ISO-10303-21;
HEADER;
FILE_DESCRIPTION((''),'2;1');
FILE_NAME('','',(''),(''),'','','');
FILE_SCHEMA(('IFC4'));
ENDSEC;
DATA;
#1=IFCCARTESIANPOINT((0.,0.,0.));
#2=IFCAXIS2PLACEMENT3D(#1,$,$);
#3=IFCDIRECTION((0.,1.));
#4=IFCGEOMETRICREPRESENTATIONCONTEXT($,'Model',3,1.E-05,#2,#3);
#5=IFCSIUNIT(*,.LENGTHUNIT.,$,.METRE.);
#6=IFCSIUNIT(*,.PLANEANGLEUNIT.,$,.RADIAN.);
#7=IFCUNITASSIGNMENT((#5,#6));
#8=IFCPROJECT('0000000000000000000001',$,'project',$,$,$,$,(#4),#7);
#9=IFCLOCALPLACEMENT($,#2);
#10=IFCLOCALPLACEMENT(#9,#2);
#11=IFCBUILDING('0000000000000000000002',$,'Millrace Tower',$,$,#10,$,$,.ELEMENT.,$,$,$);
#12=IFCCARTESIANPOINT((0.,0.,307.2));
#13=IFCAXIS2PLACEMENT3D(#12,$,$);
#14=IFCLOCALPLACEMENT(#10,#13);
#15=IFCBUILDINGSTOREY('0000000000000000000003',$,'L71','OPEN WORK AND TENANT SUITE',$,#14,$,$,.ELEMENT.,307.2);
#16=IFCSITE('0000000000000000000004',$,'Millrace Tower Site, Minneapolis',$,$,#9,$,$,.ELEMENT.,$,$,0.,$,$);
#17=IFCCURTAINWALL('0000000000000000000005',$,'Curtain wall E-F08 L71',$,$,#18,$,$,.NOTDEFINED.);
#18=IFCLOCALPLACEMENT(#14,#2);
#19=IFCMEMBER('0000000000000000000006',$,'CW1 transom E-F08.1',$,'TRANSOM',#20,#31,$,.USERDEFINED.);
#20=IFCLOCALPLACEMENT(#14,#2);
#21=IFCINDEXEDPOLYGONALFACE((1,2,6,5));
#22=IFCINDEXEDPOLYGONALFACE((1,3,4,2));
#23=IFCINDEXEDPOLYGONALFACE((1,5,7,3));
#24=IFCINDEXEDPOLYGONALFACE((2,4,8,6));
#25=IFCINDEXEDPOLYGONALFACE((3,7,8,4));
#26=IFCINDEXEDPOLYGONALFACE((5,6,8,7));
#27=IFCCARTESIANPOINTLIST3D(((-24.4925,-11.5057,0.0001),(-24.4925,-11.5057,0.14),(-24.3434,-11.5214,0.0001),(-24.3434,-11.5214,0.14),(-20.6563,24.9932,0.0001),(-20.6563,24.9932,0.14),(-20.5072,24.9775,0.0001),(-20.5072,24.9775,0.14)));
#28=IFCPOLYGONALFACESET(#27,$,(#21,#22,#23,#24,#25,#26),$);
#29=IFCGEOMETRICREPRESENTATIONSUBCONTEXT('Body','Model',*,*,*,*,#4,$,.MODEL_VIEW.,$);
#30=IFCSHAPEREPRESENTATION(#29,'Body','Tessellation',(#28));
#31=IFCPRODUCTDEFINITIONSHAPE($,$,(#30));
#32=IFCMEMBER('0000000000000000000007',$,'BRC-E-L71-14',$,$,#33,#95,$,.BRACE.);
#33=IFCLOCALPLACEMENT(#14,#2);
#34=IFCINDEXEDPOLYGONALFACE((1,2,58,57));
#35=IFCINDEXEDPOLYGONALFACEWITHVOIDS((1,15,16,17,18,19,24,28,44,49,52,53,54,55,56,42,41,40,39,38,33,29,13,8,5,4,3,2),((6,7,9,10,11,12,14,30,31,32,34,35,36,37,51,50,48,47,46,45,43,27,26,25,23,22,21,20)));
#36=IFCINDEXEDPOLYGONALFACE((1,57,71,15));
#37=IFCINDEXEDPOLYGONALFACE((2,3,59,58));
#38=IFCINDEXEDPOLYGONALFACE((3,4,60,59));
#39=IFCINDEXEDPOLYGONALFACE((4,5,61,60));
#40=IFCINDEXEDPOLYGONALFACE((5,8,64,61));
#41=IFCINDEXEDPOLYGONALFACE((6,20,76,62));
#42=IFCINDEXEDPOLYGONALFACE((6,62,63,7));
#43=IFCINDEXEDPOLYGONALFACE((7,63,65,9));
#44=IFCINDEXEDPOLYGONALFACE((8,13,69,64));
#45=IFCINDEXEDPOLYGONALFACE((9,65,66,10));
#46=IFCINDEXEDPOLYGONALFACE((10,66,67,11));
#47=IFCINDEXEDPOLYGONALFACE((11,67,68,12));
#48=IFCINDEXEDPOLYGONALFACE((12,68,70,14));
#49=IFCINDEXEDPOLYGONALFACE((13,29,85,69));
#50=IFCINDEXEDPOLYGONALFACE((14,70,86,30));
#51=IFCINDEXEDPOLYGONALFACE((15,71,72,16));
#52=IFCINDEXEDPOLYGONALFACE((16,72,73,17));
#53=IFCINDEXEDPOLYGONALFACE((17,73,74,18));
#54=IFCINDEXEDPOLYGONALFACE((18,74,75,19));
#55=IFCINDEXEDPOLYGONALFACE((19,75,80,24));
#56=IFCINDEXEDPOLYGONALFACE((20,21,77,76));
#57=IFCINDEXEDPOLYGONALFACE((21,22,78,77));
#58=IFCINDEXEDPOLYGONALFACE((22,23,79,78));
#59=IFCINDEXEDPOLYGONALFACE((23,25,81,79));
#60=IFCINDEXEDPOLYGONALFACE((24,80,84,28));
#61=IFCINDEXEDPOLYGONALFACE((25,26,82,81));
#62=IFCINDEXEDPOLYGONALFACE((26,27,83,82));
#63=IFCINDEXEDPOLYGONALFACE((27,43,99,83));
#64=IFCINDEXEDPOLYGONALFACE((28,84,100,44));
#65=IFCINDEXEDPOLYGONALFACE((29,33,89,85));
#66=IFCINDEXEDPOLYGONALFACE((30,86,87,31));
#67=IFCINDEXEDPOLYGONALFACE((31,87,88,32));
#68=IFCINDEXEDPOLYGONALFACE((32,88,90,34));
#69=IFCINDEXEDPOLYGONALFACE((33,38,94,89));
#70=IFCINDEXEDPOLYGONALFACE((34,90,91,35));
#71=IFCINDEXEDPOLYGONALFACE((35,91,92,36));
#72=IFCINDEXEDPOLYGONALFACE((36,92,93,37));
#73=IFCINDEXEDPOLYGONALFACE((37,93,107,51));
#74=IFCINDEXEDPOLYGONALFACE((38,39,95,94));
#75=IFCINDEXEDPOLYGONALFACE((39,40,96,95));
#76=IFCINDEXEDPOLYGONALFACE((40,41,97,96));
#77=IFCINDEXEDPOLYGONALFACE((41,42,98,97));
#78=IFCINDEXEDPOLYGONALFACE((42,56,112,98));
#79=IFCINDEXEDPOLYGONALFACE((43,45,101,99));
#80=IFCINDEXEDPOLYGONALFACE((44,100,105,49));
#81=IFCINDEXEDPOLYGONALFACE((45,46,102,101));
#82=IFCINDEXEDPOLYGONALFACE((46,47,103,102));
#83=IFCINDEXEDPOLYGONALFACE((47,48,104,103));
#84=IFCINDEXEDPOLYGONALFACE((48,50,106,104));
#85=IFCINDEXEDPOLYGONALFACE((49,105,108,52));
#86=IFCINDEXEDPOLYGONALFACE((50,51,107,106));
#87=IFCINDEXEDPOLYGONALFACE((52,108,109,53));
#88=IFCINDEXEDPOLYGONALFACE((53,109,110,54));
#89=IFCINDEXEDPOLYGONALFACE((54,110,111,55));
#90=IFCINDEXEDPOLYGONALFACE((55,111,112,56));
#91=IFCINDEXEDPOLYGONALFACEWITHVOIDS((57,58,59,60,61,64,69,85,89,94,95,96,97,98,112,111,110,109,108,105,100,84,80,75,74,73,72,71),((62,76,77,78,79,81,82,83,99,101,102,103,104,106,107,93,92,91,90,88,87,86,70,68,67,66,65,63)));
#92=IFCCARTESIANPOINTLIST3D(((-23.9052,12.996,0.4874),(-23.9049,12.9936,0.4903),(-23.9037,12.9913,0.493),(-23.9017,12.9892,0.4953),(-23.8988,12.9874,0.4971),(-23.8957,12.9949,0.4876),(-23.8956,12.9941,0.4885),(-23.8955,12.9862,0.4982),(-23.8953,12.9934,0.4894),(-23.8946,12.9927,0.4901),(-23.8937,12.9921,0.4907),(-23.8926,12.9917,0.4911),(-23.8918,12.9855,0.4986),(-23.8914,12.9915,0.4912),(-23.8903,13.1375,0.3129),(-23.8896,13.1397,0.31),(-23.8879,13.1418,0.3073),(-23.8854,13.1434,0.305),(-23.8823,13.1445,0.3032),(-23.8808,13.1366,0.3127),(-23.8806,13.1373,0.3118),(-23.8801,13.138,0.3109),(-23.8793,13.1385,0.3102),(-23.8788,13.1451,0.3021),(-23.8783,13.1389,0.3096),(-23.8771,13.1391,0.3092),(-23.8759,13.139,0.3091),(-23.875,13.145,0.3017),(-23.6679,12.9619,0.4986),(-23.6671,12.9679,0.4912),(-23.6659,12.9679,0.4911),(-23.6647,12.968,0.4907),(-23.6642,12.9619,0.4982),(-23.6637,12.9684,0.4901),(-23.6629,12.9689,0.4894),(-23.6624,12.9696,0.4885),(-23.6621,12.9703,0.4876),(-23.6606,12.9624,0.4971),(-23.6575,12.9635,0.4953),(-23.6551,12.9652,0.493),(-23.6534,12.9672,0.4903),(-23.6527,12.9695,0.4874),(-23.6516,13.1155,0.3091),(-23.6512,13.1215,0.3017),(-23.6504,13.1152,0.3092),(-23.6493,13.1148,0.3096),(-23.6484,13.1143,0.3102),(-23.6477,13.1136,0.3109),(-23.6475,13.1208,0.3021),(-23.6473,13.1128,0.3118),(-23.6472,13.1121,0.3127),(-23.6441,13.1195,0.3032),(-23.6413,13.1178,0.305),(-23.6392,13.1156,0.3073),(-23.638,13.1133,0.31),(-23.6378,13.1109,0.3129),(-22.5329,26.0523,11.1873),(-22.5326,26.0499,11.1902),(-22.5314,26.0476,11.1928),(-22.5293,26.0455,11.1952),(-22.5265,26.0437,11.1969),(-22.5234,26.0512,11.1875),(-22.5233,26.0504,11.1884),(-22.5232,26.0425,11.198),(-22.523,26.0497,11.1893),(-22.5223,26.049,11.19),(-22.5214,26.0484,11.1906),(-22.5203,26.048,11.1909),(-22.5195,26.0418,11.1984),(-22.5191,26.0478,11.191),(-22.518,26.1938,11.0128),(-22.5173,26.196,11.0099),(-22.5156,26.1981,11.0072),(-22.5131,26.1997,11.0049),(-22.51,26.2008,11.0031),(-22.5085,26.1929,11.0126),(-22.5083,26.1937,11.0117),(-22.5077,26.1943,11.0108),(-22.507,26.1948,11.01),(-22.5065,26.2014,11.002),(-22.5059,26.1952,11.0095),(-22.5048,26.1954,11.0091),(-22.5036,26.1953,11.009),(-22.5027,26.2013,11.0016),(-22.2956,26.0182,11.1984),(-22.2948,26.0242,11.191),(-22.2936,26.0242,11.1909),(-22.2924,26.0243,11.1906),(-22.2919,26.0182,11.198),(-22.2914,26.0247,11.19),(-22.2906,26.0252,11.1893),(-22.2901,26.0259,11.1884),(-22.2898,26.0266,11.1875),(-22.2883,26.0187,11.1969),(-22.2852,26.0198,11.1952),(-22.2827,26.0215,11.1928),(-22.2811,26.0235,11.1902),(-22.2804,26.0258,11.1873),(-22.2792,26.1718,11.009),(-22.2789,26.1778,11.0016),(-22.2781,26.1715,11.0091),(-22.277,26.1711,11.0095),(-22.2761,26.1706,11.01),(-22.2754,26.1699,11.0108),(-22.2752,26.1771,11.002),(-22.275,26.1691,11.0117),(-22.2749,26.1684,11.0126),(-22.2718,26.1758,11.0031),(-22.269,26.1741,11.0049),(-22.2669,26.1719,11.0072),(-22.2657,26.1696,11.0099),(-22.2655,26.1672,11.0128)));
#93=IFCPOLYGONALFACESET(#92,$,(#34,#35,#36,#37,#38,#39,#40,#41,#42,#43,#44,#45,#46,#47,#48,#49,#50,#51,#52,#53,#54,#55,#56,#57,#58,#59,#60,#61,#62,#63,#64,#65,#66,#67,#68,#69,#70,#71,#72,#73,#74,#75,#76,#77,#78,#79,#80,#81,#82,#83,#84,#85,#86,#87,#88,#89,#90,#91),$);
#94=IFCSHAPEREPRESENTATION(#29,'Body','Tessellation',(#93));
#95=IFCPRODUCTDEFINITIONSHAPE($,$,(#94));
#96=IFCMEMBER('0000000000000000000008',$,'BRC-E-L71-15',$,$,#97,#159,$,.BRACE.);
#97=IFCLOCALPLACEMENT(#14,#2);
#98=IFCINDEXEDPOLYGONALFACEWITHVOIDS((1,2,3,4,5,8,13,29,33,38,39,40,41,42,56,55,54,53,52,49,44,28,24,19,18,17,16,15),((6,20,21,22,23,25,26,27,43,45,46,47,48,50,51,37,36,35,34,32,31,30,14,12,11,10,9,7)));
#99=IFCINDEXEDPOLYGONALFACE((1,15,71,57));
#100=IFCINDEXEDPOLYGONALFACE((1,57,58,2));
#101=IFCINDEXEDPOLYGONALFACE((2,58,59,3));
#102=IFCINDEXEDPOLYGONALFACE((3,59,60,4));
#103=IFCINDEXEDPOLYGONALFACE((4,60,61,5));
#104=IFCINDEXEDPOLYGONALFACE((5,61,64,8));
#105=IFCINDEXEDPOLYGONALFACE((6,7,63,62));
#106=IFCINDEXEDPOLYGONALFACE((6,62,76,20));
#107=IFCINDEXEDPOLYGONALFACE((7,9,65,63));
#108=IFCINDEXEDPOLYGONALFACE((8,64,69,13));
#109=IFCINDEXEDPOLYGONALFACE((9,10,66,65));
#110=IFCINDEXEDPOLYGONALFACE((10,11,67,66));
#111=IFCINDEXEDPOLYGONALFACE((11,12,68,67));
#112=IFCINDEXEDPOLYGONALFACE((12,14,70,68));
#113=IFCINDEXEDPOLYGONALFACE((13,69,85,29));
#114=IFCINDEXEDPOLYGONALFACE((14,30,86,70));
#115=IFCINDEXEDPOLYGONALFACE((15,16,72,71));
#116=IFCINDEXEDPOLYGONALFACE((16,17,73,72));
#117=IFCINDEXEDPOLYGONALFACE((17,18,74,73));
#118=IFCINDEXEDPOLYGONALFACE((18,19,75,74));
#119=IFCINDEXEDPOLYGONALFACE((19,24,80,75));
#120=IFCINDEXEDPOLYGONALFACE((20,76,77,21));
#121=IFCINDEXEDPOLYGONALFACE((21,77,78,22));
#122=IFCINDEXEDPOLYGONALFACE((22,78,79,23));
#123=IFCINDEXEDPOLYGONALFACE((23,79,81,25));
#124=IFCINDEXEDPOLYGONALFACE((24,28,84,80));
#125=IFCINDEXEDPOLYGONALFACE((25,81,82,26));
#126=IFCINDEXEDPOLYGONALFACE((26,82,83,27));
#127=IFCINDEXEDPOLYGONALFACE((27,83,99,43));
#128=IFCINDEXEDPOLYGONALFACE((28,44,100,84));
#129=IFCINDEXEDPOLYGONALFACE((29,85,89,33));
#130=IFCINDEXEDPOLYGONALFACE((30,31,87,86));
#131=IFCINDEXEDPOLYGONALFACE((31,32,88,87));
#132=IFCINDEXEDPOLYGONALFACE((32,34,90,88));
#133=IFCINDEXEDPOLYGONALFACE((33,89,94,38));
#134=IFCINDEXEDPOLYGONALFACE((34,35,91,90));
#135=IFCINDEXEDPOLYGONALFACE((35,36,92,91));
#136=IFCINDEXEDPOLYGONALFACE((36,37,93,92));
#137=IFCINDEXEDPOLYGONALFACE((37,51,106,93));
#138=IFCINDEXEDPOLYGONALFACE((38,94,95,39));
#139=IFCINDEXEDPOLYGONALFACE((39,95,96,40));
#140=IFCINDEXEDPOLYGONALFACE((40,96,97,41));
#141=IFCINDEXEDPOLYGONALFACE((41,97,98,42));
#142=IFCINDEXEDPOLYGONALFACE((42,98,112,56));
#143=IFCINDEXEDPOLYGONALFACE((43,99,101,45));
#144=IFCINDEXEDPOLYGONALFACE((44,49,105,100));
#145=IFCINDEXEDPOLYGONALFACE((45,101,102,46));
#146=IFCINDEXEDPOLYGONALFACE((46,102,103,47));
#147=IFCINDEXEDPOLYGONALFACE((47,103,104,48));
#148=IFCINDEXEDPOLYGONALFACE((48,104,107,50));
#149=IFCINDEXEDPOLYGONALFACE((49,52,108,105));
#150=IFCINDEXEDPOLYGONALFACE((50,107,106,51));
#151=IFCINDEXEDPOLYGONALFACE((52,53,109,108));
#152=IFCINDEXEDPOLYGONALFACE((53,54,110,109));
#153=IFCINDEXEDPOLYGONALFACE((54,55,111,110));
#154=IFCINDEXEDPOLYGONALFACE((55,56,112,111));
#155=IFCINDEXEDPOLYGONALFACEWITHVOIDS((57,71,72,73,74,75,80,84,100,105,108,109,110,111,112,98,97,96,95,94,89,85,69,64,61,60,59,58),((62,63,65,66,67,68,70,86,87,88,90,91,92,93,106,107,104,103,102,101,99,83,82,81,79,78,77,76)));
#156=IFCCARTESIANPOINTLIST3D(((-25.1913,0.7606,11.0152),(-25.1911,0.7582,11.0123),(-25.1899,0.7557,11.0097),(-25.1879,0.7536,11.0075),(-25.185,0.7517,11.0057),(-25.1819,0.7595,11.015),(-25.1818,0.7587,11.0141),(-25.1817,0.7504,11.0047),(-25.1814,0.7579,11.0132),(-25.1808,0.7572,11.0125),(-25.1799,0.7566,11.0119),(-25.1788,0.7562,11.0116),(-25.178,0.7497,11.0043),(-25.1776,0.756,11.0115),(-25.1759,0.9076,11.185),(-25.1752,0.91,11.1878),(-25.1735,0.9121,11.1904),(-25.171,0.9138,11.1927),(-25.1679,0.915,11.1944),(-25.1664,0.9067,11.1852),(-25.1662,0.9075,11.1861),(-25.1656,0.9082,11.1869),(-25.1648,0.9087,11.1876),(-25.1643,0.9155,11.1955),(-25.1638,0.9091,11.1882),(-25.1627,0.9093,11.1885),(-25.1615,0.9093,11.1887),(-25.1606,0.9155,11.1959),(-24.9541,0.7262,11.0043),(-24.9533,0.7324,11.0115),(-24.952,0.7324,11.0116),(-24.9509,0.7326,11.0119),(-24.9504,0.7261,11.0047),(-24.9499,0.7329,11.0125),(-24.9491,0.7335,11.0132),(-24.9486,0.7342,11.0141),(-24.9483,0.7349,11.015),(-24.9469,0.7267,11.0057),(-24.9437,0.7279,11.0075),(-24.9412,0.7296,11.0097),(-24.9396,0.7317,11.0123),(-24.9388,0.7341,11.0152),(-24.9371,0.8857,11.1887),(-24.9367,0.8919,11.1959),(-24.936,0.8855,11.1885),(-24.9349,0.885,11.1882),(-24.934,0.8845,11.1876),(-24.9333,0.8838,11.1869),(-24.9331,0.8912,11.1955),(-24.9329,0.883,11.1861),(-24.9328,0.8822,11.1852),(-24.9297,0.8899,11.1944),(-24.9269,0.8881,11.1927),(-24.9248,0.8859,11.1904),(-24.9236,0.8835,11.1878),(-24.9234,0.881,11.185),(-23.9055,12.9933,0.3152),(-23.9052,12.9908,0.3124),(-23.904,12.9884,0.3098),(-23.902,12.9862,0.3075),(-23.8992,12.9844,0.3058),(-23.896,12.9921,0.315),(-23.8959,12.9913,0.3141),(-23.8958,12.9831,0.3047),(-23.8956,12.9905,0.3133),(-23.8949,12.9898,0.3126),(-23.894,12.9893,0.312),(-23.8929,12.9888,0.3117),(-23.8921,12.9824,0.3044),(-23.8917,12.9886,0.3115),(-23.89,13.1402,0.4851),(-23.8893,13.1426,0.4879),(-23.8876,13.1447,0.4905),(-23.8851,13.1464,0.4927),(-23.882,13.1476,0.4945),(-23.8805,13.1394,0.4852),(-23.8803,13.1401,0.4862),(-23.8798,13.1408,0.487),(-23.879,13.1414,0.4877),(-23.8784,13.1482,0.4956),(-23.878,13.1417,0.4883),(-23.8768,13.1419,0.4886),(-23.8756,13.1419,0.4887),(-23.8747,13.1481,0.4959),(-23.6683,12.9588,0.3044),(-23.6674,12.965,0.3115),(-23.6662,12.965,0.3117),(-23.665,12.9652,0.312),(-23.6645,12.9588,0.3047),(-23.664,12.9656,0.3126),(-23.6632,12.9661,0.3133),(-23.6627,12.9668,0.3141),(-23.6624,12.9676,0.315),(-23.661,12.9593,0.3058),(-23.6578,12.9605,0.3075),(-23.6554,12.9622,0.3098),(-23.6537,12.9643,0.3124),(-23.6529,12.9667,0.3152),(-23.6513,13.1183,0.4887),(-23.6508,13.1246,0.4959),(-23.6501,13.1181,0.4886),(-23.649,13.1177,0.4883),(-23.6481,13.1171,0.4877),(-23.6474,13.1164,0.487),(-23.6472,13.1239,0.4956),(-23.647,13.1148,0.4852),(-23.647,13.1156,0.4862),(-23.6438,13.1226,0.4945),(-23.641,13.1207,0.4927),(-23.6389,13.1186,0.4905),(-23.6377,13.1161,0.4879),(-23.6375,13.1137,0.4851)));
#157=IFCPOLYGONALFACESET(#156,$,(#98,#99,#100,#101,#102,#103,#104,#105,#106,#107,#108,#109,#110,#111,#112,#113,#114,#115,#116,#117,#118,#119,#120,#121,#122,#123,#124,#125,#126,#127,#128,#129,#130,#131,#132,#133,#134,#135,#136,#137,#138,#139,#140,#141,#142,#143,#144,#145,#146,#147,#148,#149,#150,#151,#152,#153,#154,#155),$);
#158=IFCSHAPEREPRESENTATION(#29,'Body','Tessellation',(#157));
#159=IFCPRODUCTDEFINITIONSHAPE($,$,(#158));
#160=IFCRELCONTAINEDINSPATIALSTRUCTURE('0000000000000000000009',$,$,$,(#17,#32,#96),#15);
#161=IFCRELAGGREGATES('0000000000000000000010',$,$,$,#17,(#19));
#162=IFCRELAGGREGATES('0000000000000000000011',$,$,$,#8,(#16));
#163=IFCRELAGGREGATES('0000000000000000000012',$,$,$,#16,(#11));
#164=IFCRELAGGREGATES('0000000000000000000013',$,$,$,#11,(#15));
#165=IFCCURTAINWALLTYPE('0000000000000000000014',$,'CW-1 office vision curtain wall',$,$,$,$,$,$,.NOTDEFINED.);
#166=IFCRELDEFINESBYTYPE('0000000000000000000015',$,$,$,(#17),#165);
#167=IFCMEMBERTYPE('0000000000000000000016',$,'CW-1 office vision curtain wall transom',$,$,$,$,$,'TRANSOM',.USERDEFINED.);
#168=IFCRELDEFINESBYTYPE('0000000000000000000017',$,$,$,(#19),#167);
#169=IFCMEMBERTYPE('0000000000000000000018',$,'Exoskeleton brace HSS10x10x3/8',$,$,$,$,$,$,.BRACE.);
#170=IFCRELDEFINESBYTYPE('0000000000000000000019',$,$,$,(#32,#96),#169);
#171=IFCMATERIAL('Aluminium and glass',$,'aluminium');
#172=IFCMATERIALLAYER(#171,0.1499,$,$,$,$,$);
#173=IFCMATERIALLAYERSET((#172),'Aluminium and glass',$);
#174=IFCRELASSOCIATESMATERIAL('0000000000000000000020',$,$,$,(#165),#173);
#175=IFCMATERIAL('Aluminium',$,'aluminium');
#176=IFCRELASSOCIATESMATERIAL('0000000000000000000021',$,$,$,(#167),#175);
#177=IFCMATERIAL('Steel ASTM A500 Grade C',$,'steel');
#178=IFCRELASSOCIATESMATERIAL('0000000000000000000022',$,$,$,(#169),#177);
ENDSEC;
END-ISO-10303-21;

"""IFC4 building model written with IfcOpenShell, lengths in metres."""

from ifc_helpers import new_model, si_unit, direction, frame, origin, origin_2d, place, context, subcontext, project, spatial, rectangle, hollow_rectangle, extrude, material, layer, layer_set, material_profile, profile_set, type_object, element, aggregate, save


model = new_model("IFC4")

# Units and contexts
model_context = context("Model", 3, precision=1e-05, world=origin(), true_north=direction((0.0, 1.0)))
body_context = subcontext(model_context, "Body", "Model", "MODEL_VIEW")
ifc_project = project(units=[si_unit("LENGTHUNIT", "METRE"), si_unit("PLANEANGLEUNIT", "RADIAN")], contexts=[model_context])

# Site, building, storey
site_placement = place(None, origin())
site = spatial("IfcSite", under=ifc_project, at=site_placement, Name="Millrace Tower Site, Minneapolis", CompositionType="ELEMENT", RefElevation=0.0)
building_placement = place(site_placement, origin())
building = spatial("IfcBuilding", under=site, at=building_placement, Name="Millrace Tower", CompositionType="ELEMENT")
storey_placement = place(building_placement, frame((0.0, 0.0, 307.2)))
storey = spatial("IfcBuildingStorey", under=building, at=storey_placement, Name="L71", Description="OPEN WORK AND TENANT SUITE", CompositionType="ELEMENT", Elevation=307.2)

# Curtain wall, member
ifc_material_1 = material(Name="Aluminium and glass", Category="aluminium")
ifc_layer_1 = layer(ifc_material_1, 0.1499)
ifc_layer_set_1 = layer_set([ifc_layer_1], Name="Aluminium and glass")
curtain_wall_type = type_object("IfcCurtainWallType", Name="CW-1 office vision curtain wall", PredefinedType="NOTDEFINED", material=ifc_layer_set_1)
curtain_wall_placement = place(storey_placement, origin())
curtain_wall = element("IfcCurtainWall", 1, at=curtain_wall_placement, inside=storey, type_object=curtain_wall_type, Name="Curtain wall E-F08 L71", PredefinedType="NOTDEFINED")
ifc_material_2 = material(Name="Aluminium", Category="aluminium")
ifc_material_profile_1 = material_profile(ifc_material_2, rectangle(XDim=0.1499, YDim=0.1399, at=origin_2d()))
ifc_profile_set_1 = profile_set([ifc_material_profile_1], Name="Aluminium")
member_type_1 = type_object("IfcMemberType", Name="CW-1 office vision curtain wall transom", ElementType="TRANSOM", PredefinedType="USERDEFINED", material=ifc_profile_set_1)
member_1_placement = place(storey_placement, frame((-20.5818, 24.9854, 0.0701), z_axis=(-0.104528, -0.994522, 0.0), x_axis=(0.994522, -0.104528, 0.0)))
member_1 = element("IfcMember", 2, at=member_1_placement, type_object=member_type_1, Name="CW1 transom E-F08.1", ObjectType="TRANSOM", PredefinedType="USERDEFINED", context=body_context, shape_type="SweptSolid", body=[
    extrude(rectangle(XDim=0.1499, YDim=0.1399, at=origin_2d()), origin(), (0.0, 0.0, 1.0), 36.7),
])
aggregate(curtain_wall, [member_1])

# Members
ifc_material_3 = material(Name="Steel ASTM A500 Grade C", Category="steel")
ifc_material_profile_2 = material_profile(ifc_material_3, hollow_rectangle(XDim=0.2539, YDim=0.2539, WallThickness=0.0095, InnerFilletRadius=0.0046, OuterFilletRadius=0.0144, at=origin_2d()))
ifc_profile_set_2 = profile_set([ifc_material_profile_2], Name="Steel ASTM A500 Grade C")
member_type_2 = type_object("IfcMemberType", Name="Exoskeleton brace HSS10x10x3/8", PredefinedType="BRACE", material=ifc_profile_set_2)
member_2_placement = place(storey_placement, frame((-23.7715, 13.0535, 0.4001), z_axis=(0.081028, 0.770907, 0.631772), x_axis=(-0.994522, 0.104531, 0.0)))
element("IfcMember", 3, at=member_2_placement, inside=storey, type_object=member_type_2, Name="BRC-E-L71-14", PredefinedType="BRACE", context=body_context, shape_type="SweptSolid", body=[
    extrude(hollow_rectangle(XDim=0.2539, YDim=0.2539, WallThickness=0.0095, InnerFilletRadius=0.0046, OuterFilletRadius=0.0144, at=origin_2d()), origin(), (0.0, 0.0, 1.0), 16.9363),
])
member_3_placement = place(storey_placement, frame((-23.7715, 13.0535, 0.4001), z_axis=(-0.078875, -0.750342, 0.656327), x_axis=(0.99452, -0.104543, 0.0)))
element("IfcMember", 4, at=member_3_placement, inside=storey, type_object=member_type_2, Name="BRC-E-L71-15", PredefinedType="BRACE", context=body_context, shape_type="SweptSolid", body=[
    extrude(hollow_rectangle(XDim=0.2539, YDim=0.2539, WallThickness=0.0095, InnerFilletRadius=0.0046, OuterFilletRadius=0.0144, at=origin_2d()), origin(), (0.0, 0.0, 1.0), 16.3027),
])

save(model, "model.ifc")
